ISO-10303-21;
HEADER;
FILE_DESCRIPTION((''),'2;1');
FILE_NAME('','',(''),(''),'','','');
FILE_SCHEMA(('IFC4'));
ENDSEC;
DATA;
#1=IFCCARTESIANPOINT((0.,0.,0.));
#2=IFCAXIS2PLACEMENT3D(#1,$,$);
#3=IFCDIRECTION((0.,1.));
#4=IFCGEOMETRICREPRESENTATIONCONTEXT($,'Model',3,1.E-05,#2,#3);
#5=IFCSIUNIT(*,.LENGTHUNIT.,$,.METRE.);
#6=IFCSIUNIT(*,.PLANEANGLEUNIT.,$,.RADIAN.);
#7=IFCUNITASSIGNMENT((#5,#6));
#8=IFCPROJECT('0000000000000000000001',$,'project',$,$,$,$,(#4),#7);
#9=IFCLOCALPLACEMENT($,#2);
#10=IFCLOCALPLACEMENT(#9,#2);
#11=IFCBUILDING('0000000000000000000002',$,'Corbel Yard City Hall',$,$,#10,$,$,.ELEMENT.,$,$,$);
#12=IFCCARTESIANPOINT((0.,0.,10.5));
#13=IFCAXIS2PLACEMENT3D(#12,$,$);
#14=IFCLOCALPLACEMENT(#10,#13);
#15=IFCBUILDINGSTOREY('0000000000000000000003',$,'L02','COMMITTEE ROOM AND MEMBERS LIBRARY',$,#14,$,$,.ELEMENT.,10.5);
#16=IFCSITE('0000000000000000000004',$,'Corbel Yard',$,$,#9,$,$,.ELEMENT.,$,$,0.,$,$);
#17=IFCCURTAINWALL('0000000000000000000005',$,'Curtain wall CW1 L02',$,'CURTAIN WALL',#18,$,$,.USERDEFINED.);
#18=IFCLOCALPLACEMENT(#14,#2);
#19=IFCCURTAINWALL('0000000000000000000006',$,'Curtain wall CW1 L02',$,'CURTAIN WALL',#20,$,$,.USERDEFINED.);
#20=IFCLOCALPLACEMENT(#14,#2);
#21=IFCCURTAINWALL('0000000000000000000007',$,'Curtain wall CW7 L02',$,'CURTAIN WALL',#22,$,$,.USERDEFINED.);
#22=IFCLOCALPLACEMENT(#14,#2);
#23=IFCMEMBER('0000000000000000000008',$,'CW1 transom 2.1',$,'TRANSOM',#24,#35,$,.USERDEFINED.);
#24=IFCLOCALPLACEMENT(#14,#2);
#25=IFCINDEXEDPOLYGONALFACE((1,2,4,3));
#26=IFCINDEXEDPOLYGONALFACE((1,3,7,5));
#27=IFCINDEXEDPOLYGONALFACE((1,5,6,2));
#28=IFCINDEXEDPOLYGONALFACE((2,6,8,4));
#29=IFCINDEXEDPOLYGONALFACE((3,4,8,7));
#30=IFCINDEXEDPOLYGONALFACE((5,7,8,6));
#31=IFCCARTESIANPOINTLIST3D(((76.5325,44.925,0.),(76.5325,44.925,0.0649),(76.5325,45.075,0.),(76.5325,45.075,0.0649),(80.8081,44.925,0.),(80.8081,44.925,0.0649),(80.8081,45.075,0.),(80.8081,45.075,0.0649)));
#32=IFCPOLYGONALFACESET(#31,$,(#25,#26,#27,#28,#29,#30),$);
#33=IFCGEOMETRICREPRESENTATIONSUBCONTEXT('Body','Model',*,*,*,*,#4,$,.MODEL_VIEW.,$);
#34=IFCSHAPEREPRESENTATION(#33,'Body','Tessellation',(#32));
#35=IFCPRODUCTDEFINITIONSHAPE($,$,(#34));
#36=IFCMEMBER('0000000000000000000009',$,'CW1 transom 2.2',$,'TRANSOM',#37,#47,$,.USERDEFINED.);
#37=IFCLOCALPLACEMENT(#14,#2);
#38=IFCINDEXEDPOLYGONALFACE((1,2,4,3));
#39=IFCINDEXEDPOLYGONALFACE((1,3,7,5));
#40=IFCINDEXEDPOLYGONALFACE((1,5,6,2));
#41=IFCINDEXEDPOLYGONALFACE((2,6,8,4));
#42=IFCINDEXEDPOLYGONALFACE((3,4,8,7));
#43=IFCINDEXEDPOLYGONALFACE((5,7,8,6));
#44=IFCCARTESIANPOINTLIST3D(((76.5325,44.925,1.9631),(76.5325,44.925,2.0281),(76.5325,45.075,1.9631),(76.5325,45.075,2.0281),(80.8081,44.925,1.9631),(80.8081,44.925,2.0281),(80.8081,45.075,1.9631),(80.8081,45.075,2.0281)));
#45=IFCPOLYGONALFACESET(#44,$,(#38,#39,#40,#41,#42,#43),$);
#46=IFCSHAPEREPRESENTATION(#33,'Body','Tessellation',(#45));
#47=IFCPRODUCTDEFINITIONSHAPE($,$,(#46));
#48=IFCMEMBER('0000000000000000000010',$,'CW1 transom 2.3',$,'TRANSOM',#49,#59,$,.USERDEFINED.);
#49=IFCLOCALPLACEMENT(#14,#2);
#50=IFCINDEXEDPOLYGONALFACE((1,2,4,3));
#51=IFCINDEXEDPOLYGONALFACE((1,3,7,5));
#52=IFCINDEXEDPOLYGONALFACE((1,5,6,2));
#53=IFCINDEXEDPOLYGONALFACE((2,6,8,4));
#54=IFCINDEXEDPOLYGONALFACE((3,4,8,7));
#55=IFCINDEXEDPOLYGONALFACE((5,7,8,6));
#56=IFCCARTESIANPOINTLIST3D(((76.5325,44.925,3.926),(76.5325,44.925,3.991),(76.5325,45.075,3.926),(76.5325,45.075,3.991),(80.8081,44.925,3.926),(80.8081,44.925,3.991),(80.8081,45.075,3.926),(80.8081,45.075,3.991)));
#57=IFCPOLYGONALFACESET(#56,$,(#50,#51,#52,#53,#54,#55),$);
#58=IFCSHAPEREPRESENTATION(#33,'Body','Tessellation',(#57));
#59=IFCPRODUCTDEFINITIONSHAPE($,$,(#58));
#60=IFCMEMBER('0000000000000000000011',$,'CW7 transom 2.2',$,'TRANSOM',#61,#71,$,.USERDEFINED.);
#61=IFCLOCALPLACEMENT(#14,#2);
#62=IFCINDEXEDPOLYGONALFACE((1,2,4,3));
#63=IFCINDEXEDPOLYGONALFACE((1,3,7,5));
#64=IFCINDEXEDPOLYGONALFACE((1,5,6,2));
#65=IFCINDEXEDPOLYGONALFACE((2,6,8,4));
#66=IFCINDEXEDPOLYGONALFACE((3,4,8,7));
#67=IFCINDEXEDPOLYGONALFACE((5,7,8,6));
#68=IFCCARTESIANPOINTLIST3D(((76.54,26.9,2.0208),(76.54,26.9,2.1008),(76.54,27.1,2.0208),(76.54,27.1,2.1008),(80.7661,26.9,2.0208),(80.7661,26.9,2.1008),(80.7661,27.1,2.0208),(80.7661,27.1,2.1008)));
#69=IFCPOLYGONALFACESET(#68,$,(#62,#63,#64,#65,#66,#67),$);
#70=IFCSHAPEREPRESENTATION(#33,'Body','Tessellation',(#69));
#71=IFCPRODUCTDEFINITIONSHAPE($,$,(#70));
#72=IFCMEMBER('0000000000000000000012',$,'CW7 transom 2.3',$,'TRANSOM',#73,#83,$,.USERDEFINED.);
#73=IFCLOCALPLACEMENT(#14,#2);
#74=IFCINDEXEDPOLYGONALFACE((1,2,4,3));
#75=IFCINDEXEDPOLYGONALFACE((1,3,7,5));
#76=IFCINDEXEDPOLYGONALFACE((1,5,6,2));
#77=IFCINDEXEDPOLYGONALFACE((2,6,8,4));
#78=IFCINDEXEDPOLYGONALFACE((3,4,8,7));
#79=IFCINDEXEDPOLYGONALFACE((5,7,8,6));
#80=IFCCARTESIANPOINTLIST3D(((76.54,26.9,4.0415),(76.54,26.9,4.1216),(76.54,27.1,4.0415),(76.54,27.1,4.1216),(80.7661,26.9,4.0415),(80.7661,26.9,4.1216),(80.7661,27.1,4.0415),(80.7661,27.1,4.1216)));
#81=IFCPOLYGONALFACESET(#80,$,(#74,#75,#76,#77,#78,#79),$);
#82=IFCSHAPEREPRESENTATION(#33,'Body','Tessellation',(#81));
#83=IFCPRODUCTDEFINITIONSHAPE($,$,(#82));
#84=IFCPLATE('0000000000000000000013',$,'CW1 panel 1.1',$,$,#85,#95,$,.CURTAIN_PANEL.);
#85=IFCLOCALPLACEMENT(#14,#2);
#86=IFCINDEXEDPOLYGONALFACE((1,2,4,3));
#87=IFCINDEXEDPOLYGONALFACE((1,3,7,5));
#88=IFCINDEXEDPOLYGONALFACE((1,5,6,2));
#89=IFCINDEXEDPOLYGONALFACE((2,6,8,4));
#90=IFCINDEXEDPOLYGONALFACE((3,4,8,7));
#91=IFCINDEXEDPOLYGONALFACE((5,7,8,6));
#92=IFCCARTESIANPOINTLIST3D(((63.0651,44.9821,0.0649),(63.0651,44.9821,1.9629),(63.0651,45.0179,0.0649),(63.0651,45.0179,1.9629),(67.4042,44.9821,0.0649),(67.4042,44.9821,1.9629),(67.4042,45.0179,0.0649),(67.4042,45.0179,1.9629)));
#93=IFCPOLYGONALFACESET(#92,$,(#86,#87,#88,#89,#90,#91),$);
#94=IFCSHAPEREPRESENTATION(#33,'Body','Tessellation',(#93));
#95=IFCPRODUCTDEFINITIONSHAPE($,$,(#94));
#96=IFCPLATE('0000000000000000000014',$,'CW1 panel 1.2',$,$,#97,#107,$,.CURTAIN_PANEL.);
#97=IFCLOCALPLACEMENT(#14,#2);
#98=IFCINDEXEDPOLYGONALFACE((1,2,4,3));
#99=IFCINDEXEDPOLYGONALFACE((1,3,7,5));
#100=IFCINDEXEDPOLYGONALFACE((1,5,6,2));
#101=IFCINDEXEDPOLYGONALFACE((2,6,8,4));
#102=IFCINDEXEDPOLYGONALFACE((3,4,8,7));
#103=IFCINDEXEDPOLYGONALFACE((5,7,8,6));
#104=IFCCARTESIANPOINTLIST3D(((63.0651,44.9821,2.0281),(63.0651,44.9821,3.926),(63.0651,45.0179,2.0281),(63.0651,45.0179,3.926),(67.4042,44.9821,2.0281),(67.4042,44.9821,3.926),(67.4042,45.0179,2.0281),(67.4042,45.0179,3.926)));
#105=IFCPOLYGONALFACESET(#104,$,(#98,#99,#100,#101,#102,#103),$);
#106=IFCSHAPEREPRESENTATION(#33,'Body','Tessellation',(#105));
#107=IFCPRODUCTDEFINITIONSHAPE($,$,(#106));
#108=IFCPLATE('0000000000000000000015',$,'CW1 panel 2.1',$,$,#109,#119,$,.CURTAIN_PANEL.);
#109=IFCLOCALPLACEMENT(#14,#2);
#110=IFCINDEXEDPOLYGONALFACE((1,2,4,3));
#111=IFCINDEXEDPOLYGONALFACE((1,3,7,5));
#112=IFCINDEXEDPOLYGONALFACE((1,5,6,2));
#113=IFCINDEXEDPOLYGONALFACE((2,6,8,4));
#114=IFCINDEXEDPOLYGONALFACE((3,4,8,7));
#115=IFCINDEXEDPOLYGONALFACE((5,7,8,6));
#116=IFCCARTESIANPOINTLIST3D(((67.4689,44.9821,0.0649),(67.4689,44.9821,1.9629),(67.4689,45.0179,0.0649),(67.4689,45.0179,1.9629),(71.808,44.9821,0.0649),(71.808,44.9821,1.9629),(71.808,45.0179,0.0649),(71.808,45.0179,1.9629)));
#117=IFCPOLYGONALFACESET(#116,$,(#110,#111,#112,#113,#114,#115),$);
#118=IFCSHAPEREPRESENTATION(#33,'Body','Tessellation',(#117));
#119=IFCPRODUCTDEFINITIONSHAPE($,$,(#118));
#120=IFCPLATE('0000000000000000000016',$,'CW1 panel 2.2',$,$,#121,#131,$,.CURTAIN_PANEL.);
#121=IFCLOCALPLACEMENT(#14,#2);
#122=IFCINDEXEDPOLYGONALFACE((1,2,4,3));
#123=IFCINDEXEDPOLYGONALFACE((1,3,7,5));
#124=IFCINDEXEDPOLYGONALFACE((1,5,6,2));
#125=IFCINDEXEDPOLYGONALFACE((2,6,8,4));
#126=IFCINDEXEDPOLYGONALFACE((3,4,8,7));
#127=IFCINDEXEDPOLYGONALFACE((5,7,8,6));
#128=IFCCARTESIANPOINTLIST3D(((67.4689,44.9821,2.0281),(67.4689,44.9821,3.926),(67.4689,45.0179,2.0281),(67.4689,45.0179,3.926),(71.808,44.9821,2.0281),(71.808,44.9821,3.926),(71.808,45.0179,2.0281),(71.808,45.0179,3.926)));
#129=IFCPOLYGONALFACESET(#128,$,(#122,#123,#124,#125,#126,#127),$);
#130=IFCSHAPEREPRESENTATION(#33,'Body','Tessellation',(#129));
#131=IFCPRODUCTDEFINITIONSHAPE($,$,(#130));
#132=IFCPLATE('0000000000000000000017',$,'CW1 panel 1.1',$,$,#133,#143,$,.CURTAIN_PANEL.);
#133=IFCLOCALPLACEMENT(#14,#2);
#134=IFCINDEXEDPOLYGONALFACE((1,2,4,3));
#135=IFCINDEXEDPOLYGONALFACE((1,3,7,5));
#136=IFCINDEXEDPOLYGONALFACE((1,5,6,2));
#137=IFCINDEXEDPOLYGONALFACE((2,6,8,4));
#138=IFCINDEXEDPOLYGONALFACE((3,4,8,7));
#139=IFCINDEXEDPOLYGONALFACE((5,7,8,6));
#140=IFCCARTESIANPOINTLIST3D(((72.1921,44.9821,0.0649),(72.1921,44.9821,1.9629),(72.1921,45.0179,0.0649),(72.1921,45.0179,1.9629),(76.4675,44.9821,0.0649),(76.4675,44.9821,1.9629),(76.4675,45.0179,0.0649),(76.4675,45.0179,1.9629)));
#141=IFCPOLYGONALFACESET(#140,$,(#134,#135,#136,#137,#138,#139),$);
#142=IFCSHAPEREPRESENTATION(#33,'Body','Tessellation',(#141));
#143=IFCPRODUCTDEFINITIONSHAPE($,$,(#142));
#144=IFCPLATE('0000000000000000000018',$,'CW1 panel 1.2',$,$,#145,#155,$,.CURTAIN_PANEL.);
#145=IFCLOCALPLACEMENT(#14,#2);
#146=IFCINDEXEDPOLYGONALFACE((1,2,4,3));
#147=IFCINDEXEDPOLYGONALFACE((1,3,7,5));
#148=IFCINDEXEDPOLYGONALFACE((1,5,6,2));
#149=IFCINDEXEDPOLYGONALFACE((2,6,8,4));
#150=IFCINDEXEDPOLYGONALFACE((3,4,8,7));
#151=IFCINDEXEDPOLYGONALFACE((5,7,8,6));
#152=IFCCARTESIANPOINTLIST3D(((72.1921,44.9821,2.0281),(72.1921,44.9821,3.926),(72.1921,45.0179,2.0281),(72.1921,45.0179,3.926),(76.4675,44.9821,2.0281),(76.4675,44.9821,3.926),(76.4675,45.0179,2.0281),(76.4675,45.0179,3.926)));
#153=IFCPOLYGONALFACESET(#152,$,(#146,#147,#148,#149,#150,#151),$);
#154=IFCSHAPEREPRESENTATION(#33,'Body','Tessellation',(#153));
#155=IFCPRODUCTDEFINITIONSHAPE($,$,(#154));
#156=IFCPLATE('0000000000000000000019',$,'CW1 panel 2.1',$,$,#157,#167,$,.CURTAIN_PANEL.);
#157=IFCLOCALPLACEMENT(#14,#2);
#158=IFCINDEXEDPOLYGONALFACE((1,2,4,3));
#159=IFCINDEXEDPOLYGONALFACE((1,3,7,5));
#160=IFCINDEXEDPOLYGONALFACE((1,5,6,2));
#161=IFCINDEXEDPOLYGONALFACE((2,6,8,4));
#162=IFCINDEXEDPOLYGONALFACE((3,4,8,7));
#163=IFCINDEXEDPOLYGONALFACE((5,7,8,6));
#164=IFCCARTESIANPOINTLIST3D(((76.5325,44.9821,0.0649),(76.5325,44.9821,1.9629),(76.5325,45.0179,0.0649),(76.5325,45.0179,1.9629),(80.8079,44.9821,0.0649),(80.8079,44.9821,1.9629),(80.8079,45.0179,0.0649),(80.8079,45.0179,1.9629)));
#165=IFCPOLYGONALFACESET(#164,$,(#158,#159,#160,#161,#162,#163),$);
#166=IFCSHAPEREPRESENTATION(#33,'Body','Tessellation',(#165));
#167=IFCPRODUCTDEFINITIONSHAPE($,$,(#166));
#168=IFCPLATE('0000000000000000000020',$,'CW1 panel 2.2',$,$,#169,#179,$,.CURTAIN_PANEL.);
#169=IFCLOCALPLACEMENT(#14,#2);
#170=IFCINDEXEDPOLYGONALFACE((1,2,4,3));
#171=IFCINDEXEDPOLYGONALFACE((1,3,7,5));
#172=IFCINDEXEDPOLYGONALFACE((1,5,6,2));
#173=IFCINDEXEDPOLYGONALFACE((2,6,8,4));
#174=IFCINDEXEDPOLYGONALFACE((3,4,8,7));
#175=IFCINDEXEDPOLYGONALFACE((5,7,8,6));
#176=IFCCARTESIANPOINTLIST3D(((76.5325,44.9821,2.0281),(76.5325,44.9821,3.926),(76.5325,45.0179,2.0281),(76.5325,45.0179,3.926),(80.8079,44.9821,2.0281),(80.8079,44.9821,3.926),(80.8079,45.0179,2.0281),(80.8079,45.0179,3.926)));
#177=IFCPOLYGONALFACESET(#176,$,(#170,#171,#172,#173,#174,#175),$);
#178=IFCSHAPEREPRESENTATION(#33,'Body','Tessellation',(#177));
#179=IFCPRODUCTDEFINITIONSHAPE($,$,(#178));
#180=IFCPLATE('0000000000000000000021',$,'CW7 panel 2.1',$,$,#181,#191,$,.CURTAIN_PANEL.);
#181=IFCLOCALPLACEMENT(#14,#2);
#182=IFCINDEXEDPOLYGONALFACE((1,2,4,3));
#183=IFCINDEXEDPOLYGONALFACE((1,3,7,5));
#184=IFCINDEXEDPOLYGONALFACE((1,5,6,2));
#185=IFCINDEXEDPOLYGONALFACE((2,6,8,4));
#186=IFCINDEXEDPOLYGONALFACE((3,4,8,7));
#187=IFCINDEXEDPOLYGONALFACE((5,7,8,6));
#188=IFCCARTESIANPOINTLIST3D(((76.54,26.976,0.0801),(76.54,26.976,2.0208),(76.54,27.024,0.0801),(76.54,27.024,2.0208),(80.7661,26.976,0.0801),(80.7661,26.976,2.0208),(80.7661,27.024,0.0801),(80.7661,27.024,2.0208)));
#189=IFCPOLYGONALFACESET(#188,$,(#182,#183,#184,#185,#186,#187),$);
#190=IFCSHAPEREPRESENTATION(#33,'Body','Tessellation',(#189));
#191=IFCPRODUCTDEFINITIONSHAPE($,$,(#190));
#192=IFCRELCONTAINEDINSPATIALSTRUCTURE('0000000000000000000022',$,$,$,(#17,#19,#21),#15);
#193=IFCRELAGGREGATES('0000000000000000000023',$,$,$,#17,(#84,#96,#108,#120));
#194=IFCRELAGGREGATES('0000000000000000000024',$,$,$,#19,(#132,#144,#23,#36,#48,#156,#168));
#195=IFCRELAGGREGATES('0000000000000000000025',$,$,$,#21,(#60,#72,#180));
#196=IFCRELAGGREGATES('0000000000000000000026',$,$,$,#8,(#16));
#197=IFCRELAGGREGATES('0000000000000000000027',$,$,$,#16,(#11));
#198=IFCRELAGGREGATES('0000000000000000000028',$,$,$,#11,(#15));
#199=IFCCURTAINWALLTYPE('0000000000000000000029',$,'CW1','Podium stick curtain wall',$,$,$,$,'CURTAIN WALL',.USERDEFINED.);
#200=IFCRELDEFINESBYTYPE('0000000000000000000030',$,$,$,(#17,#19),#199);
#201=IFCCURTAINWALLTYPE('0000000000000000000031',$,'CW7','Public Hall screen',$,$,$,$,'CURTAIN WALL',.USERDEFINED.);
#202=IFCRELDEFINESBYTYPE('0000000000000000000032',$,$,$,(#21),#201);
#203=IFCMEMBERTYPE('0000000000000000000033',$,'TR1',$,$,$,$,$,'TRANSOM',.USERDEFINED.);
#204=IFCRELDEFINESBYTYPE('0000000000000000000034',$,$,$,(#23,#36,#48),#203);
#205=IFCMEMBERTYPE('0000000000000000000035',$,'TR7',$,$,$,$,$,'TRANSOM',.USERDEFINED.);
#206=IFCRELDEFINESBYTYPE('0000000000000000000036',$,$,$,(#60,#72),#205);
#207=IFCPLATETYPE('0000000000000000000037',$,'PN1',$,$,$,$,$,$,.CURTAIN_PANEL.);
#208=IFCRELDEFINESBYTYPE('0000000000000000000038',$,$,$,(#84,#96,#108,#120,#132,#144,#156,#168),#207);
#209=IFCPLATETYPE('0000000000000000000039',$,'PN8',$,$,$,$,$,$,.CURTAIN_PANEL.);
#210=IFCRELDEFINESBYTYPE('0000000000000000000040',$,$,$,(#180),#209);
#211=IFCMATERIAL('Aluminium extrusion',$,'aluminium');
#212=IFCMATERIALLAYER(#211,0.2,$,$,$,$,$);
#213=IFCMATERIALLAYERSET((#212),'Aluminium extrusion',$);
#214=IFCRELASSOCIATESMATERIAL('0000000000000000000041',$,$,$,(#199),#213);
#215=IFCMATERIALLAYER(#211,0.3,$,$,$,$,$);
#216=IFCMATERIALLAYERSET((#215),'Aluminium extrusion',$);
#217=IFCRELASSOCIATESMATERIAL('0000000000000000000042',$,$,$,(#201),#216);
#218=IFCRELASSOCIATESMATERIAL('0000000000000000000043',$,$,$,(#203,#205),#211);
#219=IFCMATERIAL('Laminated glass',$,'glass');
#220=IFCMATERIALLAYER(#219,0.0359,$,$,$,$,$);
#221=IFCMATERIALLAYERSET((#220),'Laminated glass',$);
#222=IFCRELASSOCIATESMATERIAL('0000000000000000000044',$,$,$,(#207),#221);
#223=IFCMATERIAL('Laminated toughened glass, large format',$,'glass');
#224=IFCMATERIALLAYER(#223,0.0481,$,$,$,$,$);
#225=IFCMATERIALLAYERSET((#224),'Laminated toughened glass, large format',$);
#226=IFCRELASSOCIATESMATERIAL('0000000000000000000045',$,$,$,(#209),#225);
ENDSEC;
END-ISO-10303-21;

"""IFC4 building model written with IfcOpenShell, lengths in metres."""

from ifc_helpers import new_model, si_unit, direction, frame, origin, origin_2d, place, context, subcontext, project, spatial, rectangle, extrude, material, layer, layer_set, material_profile, profile_set, type_object, element, aggregate, save


model = new_model("IFC4")

# Units and contexts
model_context = context("Model", 3, precision=1e-05, world=origin(), true_north=direction((0.0, 1.0)))
body_context = subcontext(model_context, "Body", "Model", "MODEL_VIEW")
ifc_project = project(units=[si_unit("LENGTHUNIT", "METRE"), si_unit("PLANEANGLEUNIT", "RADIAN")], contexts=[model_context])

# Site, building, storey
site_placement = place(None, origin())
site = spatial("IfcSite", under=ifc_project, at=site_placement, Name="Corbel Yard", CompositionType="ELEMENT", RefElevation=0.0)
building_placement = place(site_placement, origin())
building = spatial("IfcBuilding", under=site, at=building_placement, Name="Corbel Yard City Hall", CompositionType="ELEMENT")
storey_placement = place(building_placement, frame((0.0, 0.0, 10.5)))
storey = spatial("IfcBuildingStorey", under=building, at=storey_placement, Name="L02", Description="COMMITTEE ROOM AND MEMBERS LIBRARY", CompositionType="ELEMENT", Elevation=10.5)

# Curtain walls
ifc_material_1 = material(Name="Aluminium extrusion", Category="aluminium")
ifc_layer_1 = layer(ifc_material_1, 0.2)
ifc_layer_set_1 = layer_set([ifc_layer_1], Name="Aluminium extrusion")
curtain_wall_type_1 = type_object("IfcCurtainWallType", Name="CW1", Description="Podium stick curtain wall", ElementType="CURTAIN WALL", PredefinedType="USERDEFINED", material=ifc_layer_set_1)
curtain_wall_1_placement = place(storey_placement, origin())
curtain_wall_1 = element("IfcCurtainWall", 1, at=curtain_wall_1_placement, inside=storey, type_object=curtain_wall_type_1, Name="Curtain wall CW1 L02", ObjectType="CURTAIN WALL", PredefinedType="USERDEFINED")
curtain_wall_2_placement = place(storey_placement, origin())
curtain_wall_2 = element("IfcCurtainWall", 2, at=curtain_wall_2_placement, inside=storey, type_object=curtain_wall_type_1, Name="Curtain wall CW1 L02", ObjectType="CURTAIN WALL", PredefinedType="USERDEFINED")

# Curtain wall
ifc_layer_2 = layer(ifc_material_1, 0.3)
ifc_layer_set_2 = layer_set([ifc_layer_2], Name="Aluminium extrusion")
curtain_wall_type_2 = type_object("IfcCurtainWallType", Name="CW7", Description="Public Hall screen", ElementType="CURTAIN WALL", PredefinedType="USERDEFINED", material=ifc_layer_set_2)
curtain_wall_3_placement = place(storey_placement, origin())
curtain_wall_3 = element("IfcCurtainWall", 3, at=curtain_wall_3_placement, inside=storey, type_object=curtain_wall_type_2, Name="Curtain wall CW7 L02", ObjectType="CURTAIN WALL", PredefinedType="USERDEFINED")

# Members
ifc_material_profile_1 = material_profile(ifc_material_1, rectangle(XDim=0.1499, YDim=0.0649, at=origin_2d()), Name="150x65")
ifc_profile_set_1 = profile_set([ifc_material_profile_1], Name="Aluminium extrusion")
member_type_1 = type_object("IfcMemberType", Name="TR1", ElementType="TRANSOM", PredefinedType="USERDEFINED", material=ifc_profile_set_1)
member_1_placement = place(storey_placement, frame((76.5325, 45.0, 0.0325), z_axis=(1.0, 0.0, 0.0), x_axis=(0.0, 1.0, 0.0)))
member_1 = element("IfcMember", 4, at=member_1_placement, type_object=member_type_1, Name="CW1 transom 2.1", ObjectType="TRANSOM", PredefinedType="USERDEFINED", context=body_context, shape_type="SweptSolid", body=[
    extrude(rectangle(XDim=0.1499, YDim=0.0649, at=origin_2d()), origin(), (0.0, 0.0, 1.0), 4.2756),
])
member_2_placement = place(storey_placement, frame((76.5325, 45.0, 1.9956), z_axis=(1.0, 0.0, 0.0), x_axis=(0.0, 1.0, 0.0)))
member_2 = element("IfcMember", 5, at=member_2_placement, type_object=member_type_1, Name="CW1 transom 2.2", ObjectType="TRANSOM", PredefinedType="USERDEFINED", context=body_context, shape_type="SweptSolid", body=[
    extrude(rectangle(XDim=0.1499, YDim=0.0649, at=origin_2d()), origin(), (0.0, 0.0, 1.0), 4.2756),
])
member_3_placement = place(storey_placement, frame((76.5325, 45.0, 3.9585), z_axis=(1.0, 0.0, 0.0), x_axis=(0.0, 1.0, 0.0)))
member_3 = element("IfcMember", 6, at=member_3_placement, type_object=member_type_1, Name="CW1 transom 2.3", ObjectType="TRANSOM", PredefinedType="USERDEFINED", context=body_context, shape_type="SweptSolid", body=[
    extrude(rectangle(XDim=0.1499, YDim=0.0649, at=origin_2d()), origin(), (0.0, 0.0, 1.0), 4.2756),
])
ifc_material_profile_2 = material_profile(ifc_material_1, rectangle(XDim=0.2, YDim=0.0801, at=origin_2d()), Name="200x80")
ifc_profile_set_2 = profile_set([ifc_material_profile_2], Name="Aluminium extrusion")
member_type_2 = type_object("IfcMemberType", Name="TR7", ElementType="TRANSOM", PredefinedType="USERDEFINED", material=ifc_profile_set_2)
member_4_placement = place(storey_placement, frame((76.54, 27.0, 2.0608), z_axis=(1.0, 0.0, 0.0), x_axis=(0.0, 1.0, 0.0)))
member_4 = element("IfcMember", 7, at=member_4_placement, type_object=member_type_2, Name="CW7 transom 2.2", ObjectType="TRANSOM", PredefinedType="USERDEFINED", context=body_context, shape_type="SweptSolid", body=[
    extrude(rectangle(XDim=0.2, YDim=0.0801, at=origin_2d()), origin(), (0.0, 0.0, 1.0), 4.2261),
])
member_5_placement = place(storey_placement, frame((76.54, 27.0, 4.0815), z_axis=(1.0, 0.0, 0.0), x_axis=(0.0, 1.0, 0.0)))
member_5 = element("IfcMember", 8, at=member_5_placement, type_object=member_type_2, Name="CW7 transom 2.3", ObjectType="TRANSOM", PredefinedType="USERDEFINED", context=body_context, shape_type="SweptSolid", body=[
    extrude(rectangle(XDim=0.2, YDim=0.0801, at=origin_2d()), origin(), (0.0, 0.0, 1.0), 4.2261),
])

# Plates
ifc_material_2 = material(Name="Laminated glass", Category="glass")
ifc_layer_3 = layer(ifc_material_2, 0.0359)
ifc_layer_set_3 = layer_set([ifc_layer_3], Name="Laminated glass")
plate_type_1 = type_object("IfcPlateType", Name="PN1", PredefinedType="CURTAIN_PANEL", material=ifc_layer_set_3)
plate_1_placement = place(storey_placement, frame((65.2346, 45.0, 0.0649), z_axis=(0.0, 0.0, 1.0), x_axis=(1.0, 0.0, 0.0)))
plate_1 = element("IfcPlate", 9, at=plate_1_placement, type_object=plate_type_1, Name="CW1 panel 1.1", PredefinedType="CURTAIN_PANEL", context=body_context, shape_type="SweptSolid", body=[
    extrude(rectangle(XDim=4.3391, YDim=0.0359, at=origin_2d()), origin(), (0.0, 0.0, 1.0), 1.8979),
])
plate_2_placement = place(storey_placement, frame((65.2346, 45.0, 2.0281), z_axis=(0.0, 0.0, 1.0), x_axis=(1.0, 0.0, 0.0)))
plate_2 = element("IfcPlate", 10, at=plate_2_placement, type_object=plate_type_1, Name="CW1 panel 1.2", PredefinedType="CURTAIN_PANEL", context=body_context, shape_type="SweptSolid", body=[
    extrude(rectangle(XDim=4.3391, YDim=0.0359, at=origin_2d()), origin(), (0.0, 0.0, 1.0), 1.8979),
])
plate_3_placement = place(storey_placement, frame((69.6384, 45.0, 0.0649), z_axis=(0.0, 0.0, 1.0), x_axis=(1.0, 0.0, 0.0)))
plate_3 = element("IfcPlate", 11, at=plate_3_placement, type_object=plate_type_1, Name="CW1 panel 2.1", PredefinedType="CURTAIN_PANEL", context=body_context, shape_type="SweptSolid", body=[
    extrude(rectangle(XDim=4.3391, YDim=0.0359, at=origin_2d()), origin(), (0.0, 0.0, 1.0), 1.8979),
])
plate_4_placement = place(storey_placement, frame((69.6384, 45.0, 2.0281), z_axis=(0.0, 0.0, 1.0), x_axis=(1.0, 0.0, 0.0)))
plate_4 = element("IfcPlate", 12, at=plate_4_placement, type_object=plate_type_1, Name="CW1 panel 2.2", PredefinedType="CURTAIN_PANEL", context=body_context, shape_type="SweptSolid", body=[
    extrude(rectangle(XDim=4.3391, YDim=0.0359, at=origin_2d()), origin(), (0.0, 0.0, 1.0), 1.8979),
])
aggregate(curtain_wall_1, [plate_1, plate_2, plate_3, plate_4])
plate_5_placement = place(storey_placement, frame((74.3298, 45.0, 0.0649), z_axis=(0.0, 0.0, 1.0), x_axis=(1.0, 0.0, 0.0)))
plate_5 = element("IfcPlate", 13, at=plate_5_placement, type_object=plate_type_1, Name="CW1 panel 1.1", PredefinedType="CURTAIN_PANEL", context=body_context, shape_type="SweptSolid", body=[
    extrude(rectangle(XDim=4.2754, YDim=0.0359, at=origin_2d()), origin(), (0.0, 0.0, 1.0), 1.8979),
])
plate_6_placement = place(storey_placement, frame((74.3298, 45.0, 2.0281), z_axis=(0.0, 0.0, 1.0), x_axis=(1.0, 0.0, 0.0)))
plate_6 = element("IfcPlate", 14, at=plate_6_placement, type_object=plate_type_1, Name="CW1 panel 1.2", PredefinedType="CURTAIN_PANEL", context=body_context, shape_type="SweptSolid", body=[
    extrude(rectangle(XDim=4.2754, YDim=0.0359, at=origin_2d()), origin(), (0.0, 0.0, 1.0), 1.8979),
])
plate_7_placement = place(storey_placement, frame((78.6702, 45.0, 0.0649), z_axis=(0.0, 0.0, 1.0), x_axis=(1.0, 0.0, 0.0)))
plate_7 = element("IfcPlate", 15, at=plate_7_placement, type_object=plate_type_1, Name="CW1 panel 2.1", PredefinedType="CURTAIN_PANEL", context=body_context, shape_type="SweptSolid", body=[
    extrude(rectangle(XDim=4.2754, YDim=0.0359, at=origin_2d()), origin(), (0.0, 0.0, 1.0), 1.8979),
])
plate_8_placement = place(storey_placement, frame((78.6702, 45.0, 2.0281), z_axis=(0.0, 0.0, 1.0), x_axis=(1.0, 0.0, 0.0)))
plate_8 = element("IfcPlate", 16, at=plate_8_placement, type_object=plate_type_1, Name="CW1 panel 2.2", PredefinedType="CURTAIN_PANEL", context=body_context, shape_type="SweptSolid", body=[
    extrude(rectangle(XDim=4.2754, YDim=0.0359, at=origin_2d()), origin(), (0.0, 0.0, 1.0), 1.8979),
])
aggregate(curtain_wall_2, [plate_5, plate_6, member_1, member_2, member_3, plate_7, plate_8])
ifc_material_3 = material(Name="Laminated toughened glass, large format", Category="glass")
ifc_layer_4 = layer(ifc_material_3, 0.0481)
ifc_layer_set_4 = layer_set([ifc_layer_4], Name="Laminated toughened glass, large format")
plate_type_2 = type_object("IfcPlateType", Name="PN8", PredefinedType="CURTAIN_PANEL", material=ifc_layer_set_4)
plate_9_placement = place(storey_placement, frame((78.6531, 27.0, 0.0801), z_axis=(0.0, 0.0, 1.0), x_axis=(1.0, 0.0, 0.0)))
plate_9 = element("IfcPlate", 17, at=plate_9_placement, type_object=plate_type_2, Name="CW7 panel 2.1", PredefinedType="CURTAIN_PANEL", context=body_context, shape_type="SweptSolid", body=[
    extrude(rectangle(XDim=4.2261, YDim=0.0481, at=origin_2d()), origin(), (0.0, 0.0, 1.0), 1.9407),
])
aggregate(curtain_wall_3, [member_4, member_5, plate_9])

save(model, "model.ifc")
